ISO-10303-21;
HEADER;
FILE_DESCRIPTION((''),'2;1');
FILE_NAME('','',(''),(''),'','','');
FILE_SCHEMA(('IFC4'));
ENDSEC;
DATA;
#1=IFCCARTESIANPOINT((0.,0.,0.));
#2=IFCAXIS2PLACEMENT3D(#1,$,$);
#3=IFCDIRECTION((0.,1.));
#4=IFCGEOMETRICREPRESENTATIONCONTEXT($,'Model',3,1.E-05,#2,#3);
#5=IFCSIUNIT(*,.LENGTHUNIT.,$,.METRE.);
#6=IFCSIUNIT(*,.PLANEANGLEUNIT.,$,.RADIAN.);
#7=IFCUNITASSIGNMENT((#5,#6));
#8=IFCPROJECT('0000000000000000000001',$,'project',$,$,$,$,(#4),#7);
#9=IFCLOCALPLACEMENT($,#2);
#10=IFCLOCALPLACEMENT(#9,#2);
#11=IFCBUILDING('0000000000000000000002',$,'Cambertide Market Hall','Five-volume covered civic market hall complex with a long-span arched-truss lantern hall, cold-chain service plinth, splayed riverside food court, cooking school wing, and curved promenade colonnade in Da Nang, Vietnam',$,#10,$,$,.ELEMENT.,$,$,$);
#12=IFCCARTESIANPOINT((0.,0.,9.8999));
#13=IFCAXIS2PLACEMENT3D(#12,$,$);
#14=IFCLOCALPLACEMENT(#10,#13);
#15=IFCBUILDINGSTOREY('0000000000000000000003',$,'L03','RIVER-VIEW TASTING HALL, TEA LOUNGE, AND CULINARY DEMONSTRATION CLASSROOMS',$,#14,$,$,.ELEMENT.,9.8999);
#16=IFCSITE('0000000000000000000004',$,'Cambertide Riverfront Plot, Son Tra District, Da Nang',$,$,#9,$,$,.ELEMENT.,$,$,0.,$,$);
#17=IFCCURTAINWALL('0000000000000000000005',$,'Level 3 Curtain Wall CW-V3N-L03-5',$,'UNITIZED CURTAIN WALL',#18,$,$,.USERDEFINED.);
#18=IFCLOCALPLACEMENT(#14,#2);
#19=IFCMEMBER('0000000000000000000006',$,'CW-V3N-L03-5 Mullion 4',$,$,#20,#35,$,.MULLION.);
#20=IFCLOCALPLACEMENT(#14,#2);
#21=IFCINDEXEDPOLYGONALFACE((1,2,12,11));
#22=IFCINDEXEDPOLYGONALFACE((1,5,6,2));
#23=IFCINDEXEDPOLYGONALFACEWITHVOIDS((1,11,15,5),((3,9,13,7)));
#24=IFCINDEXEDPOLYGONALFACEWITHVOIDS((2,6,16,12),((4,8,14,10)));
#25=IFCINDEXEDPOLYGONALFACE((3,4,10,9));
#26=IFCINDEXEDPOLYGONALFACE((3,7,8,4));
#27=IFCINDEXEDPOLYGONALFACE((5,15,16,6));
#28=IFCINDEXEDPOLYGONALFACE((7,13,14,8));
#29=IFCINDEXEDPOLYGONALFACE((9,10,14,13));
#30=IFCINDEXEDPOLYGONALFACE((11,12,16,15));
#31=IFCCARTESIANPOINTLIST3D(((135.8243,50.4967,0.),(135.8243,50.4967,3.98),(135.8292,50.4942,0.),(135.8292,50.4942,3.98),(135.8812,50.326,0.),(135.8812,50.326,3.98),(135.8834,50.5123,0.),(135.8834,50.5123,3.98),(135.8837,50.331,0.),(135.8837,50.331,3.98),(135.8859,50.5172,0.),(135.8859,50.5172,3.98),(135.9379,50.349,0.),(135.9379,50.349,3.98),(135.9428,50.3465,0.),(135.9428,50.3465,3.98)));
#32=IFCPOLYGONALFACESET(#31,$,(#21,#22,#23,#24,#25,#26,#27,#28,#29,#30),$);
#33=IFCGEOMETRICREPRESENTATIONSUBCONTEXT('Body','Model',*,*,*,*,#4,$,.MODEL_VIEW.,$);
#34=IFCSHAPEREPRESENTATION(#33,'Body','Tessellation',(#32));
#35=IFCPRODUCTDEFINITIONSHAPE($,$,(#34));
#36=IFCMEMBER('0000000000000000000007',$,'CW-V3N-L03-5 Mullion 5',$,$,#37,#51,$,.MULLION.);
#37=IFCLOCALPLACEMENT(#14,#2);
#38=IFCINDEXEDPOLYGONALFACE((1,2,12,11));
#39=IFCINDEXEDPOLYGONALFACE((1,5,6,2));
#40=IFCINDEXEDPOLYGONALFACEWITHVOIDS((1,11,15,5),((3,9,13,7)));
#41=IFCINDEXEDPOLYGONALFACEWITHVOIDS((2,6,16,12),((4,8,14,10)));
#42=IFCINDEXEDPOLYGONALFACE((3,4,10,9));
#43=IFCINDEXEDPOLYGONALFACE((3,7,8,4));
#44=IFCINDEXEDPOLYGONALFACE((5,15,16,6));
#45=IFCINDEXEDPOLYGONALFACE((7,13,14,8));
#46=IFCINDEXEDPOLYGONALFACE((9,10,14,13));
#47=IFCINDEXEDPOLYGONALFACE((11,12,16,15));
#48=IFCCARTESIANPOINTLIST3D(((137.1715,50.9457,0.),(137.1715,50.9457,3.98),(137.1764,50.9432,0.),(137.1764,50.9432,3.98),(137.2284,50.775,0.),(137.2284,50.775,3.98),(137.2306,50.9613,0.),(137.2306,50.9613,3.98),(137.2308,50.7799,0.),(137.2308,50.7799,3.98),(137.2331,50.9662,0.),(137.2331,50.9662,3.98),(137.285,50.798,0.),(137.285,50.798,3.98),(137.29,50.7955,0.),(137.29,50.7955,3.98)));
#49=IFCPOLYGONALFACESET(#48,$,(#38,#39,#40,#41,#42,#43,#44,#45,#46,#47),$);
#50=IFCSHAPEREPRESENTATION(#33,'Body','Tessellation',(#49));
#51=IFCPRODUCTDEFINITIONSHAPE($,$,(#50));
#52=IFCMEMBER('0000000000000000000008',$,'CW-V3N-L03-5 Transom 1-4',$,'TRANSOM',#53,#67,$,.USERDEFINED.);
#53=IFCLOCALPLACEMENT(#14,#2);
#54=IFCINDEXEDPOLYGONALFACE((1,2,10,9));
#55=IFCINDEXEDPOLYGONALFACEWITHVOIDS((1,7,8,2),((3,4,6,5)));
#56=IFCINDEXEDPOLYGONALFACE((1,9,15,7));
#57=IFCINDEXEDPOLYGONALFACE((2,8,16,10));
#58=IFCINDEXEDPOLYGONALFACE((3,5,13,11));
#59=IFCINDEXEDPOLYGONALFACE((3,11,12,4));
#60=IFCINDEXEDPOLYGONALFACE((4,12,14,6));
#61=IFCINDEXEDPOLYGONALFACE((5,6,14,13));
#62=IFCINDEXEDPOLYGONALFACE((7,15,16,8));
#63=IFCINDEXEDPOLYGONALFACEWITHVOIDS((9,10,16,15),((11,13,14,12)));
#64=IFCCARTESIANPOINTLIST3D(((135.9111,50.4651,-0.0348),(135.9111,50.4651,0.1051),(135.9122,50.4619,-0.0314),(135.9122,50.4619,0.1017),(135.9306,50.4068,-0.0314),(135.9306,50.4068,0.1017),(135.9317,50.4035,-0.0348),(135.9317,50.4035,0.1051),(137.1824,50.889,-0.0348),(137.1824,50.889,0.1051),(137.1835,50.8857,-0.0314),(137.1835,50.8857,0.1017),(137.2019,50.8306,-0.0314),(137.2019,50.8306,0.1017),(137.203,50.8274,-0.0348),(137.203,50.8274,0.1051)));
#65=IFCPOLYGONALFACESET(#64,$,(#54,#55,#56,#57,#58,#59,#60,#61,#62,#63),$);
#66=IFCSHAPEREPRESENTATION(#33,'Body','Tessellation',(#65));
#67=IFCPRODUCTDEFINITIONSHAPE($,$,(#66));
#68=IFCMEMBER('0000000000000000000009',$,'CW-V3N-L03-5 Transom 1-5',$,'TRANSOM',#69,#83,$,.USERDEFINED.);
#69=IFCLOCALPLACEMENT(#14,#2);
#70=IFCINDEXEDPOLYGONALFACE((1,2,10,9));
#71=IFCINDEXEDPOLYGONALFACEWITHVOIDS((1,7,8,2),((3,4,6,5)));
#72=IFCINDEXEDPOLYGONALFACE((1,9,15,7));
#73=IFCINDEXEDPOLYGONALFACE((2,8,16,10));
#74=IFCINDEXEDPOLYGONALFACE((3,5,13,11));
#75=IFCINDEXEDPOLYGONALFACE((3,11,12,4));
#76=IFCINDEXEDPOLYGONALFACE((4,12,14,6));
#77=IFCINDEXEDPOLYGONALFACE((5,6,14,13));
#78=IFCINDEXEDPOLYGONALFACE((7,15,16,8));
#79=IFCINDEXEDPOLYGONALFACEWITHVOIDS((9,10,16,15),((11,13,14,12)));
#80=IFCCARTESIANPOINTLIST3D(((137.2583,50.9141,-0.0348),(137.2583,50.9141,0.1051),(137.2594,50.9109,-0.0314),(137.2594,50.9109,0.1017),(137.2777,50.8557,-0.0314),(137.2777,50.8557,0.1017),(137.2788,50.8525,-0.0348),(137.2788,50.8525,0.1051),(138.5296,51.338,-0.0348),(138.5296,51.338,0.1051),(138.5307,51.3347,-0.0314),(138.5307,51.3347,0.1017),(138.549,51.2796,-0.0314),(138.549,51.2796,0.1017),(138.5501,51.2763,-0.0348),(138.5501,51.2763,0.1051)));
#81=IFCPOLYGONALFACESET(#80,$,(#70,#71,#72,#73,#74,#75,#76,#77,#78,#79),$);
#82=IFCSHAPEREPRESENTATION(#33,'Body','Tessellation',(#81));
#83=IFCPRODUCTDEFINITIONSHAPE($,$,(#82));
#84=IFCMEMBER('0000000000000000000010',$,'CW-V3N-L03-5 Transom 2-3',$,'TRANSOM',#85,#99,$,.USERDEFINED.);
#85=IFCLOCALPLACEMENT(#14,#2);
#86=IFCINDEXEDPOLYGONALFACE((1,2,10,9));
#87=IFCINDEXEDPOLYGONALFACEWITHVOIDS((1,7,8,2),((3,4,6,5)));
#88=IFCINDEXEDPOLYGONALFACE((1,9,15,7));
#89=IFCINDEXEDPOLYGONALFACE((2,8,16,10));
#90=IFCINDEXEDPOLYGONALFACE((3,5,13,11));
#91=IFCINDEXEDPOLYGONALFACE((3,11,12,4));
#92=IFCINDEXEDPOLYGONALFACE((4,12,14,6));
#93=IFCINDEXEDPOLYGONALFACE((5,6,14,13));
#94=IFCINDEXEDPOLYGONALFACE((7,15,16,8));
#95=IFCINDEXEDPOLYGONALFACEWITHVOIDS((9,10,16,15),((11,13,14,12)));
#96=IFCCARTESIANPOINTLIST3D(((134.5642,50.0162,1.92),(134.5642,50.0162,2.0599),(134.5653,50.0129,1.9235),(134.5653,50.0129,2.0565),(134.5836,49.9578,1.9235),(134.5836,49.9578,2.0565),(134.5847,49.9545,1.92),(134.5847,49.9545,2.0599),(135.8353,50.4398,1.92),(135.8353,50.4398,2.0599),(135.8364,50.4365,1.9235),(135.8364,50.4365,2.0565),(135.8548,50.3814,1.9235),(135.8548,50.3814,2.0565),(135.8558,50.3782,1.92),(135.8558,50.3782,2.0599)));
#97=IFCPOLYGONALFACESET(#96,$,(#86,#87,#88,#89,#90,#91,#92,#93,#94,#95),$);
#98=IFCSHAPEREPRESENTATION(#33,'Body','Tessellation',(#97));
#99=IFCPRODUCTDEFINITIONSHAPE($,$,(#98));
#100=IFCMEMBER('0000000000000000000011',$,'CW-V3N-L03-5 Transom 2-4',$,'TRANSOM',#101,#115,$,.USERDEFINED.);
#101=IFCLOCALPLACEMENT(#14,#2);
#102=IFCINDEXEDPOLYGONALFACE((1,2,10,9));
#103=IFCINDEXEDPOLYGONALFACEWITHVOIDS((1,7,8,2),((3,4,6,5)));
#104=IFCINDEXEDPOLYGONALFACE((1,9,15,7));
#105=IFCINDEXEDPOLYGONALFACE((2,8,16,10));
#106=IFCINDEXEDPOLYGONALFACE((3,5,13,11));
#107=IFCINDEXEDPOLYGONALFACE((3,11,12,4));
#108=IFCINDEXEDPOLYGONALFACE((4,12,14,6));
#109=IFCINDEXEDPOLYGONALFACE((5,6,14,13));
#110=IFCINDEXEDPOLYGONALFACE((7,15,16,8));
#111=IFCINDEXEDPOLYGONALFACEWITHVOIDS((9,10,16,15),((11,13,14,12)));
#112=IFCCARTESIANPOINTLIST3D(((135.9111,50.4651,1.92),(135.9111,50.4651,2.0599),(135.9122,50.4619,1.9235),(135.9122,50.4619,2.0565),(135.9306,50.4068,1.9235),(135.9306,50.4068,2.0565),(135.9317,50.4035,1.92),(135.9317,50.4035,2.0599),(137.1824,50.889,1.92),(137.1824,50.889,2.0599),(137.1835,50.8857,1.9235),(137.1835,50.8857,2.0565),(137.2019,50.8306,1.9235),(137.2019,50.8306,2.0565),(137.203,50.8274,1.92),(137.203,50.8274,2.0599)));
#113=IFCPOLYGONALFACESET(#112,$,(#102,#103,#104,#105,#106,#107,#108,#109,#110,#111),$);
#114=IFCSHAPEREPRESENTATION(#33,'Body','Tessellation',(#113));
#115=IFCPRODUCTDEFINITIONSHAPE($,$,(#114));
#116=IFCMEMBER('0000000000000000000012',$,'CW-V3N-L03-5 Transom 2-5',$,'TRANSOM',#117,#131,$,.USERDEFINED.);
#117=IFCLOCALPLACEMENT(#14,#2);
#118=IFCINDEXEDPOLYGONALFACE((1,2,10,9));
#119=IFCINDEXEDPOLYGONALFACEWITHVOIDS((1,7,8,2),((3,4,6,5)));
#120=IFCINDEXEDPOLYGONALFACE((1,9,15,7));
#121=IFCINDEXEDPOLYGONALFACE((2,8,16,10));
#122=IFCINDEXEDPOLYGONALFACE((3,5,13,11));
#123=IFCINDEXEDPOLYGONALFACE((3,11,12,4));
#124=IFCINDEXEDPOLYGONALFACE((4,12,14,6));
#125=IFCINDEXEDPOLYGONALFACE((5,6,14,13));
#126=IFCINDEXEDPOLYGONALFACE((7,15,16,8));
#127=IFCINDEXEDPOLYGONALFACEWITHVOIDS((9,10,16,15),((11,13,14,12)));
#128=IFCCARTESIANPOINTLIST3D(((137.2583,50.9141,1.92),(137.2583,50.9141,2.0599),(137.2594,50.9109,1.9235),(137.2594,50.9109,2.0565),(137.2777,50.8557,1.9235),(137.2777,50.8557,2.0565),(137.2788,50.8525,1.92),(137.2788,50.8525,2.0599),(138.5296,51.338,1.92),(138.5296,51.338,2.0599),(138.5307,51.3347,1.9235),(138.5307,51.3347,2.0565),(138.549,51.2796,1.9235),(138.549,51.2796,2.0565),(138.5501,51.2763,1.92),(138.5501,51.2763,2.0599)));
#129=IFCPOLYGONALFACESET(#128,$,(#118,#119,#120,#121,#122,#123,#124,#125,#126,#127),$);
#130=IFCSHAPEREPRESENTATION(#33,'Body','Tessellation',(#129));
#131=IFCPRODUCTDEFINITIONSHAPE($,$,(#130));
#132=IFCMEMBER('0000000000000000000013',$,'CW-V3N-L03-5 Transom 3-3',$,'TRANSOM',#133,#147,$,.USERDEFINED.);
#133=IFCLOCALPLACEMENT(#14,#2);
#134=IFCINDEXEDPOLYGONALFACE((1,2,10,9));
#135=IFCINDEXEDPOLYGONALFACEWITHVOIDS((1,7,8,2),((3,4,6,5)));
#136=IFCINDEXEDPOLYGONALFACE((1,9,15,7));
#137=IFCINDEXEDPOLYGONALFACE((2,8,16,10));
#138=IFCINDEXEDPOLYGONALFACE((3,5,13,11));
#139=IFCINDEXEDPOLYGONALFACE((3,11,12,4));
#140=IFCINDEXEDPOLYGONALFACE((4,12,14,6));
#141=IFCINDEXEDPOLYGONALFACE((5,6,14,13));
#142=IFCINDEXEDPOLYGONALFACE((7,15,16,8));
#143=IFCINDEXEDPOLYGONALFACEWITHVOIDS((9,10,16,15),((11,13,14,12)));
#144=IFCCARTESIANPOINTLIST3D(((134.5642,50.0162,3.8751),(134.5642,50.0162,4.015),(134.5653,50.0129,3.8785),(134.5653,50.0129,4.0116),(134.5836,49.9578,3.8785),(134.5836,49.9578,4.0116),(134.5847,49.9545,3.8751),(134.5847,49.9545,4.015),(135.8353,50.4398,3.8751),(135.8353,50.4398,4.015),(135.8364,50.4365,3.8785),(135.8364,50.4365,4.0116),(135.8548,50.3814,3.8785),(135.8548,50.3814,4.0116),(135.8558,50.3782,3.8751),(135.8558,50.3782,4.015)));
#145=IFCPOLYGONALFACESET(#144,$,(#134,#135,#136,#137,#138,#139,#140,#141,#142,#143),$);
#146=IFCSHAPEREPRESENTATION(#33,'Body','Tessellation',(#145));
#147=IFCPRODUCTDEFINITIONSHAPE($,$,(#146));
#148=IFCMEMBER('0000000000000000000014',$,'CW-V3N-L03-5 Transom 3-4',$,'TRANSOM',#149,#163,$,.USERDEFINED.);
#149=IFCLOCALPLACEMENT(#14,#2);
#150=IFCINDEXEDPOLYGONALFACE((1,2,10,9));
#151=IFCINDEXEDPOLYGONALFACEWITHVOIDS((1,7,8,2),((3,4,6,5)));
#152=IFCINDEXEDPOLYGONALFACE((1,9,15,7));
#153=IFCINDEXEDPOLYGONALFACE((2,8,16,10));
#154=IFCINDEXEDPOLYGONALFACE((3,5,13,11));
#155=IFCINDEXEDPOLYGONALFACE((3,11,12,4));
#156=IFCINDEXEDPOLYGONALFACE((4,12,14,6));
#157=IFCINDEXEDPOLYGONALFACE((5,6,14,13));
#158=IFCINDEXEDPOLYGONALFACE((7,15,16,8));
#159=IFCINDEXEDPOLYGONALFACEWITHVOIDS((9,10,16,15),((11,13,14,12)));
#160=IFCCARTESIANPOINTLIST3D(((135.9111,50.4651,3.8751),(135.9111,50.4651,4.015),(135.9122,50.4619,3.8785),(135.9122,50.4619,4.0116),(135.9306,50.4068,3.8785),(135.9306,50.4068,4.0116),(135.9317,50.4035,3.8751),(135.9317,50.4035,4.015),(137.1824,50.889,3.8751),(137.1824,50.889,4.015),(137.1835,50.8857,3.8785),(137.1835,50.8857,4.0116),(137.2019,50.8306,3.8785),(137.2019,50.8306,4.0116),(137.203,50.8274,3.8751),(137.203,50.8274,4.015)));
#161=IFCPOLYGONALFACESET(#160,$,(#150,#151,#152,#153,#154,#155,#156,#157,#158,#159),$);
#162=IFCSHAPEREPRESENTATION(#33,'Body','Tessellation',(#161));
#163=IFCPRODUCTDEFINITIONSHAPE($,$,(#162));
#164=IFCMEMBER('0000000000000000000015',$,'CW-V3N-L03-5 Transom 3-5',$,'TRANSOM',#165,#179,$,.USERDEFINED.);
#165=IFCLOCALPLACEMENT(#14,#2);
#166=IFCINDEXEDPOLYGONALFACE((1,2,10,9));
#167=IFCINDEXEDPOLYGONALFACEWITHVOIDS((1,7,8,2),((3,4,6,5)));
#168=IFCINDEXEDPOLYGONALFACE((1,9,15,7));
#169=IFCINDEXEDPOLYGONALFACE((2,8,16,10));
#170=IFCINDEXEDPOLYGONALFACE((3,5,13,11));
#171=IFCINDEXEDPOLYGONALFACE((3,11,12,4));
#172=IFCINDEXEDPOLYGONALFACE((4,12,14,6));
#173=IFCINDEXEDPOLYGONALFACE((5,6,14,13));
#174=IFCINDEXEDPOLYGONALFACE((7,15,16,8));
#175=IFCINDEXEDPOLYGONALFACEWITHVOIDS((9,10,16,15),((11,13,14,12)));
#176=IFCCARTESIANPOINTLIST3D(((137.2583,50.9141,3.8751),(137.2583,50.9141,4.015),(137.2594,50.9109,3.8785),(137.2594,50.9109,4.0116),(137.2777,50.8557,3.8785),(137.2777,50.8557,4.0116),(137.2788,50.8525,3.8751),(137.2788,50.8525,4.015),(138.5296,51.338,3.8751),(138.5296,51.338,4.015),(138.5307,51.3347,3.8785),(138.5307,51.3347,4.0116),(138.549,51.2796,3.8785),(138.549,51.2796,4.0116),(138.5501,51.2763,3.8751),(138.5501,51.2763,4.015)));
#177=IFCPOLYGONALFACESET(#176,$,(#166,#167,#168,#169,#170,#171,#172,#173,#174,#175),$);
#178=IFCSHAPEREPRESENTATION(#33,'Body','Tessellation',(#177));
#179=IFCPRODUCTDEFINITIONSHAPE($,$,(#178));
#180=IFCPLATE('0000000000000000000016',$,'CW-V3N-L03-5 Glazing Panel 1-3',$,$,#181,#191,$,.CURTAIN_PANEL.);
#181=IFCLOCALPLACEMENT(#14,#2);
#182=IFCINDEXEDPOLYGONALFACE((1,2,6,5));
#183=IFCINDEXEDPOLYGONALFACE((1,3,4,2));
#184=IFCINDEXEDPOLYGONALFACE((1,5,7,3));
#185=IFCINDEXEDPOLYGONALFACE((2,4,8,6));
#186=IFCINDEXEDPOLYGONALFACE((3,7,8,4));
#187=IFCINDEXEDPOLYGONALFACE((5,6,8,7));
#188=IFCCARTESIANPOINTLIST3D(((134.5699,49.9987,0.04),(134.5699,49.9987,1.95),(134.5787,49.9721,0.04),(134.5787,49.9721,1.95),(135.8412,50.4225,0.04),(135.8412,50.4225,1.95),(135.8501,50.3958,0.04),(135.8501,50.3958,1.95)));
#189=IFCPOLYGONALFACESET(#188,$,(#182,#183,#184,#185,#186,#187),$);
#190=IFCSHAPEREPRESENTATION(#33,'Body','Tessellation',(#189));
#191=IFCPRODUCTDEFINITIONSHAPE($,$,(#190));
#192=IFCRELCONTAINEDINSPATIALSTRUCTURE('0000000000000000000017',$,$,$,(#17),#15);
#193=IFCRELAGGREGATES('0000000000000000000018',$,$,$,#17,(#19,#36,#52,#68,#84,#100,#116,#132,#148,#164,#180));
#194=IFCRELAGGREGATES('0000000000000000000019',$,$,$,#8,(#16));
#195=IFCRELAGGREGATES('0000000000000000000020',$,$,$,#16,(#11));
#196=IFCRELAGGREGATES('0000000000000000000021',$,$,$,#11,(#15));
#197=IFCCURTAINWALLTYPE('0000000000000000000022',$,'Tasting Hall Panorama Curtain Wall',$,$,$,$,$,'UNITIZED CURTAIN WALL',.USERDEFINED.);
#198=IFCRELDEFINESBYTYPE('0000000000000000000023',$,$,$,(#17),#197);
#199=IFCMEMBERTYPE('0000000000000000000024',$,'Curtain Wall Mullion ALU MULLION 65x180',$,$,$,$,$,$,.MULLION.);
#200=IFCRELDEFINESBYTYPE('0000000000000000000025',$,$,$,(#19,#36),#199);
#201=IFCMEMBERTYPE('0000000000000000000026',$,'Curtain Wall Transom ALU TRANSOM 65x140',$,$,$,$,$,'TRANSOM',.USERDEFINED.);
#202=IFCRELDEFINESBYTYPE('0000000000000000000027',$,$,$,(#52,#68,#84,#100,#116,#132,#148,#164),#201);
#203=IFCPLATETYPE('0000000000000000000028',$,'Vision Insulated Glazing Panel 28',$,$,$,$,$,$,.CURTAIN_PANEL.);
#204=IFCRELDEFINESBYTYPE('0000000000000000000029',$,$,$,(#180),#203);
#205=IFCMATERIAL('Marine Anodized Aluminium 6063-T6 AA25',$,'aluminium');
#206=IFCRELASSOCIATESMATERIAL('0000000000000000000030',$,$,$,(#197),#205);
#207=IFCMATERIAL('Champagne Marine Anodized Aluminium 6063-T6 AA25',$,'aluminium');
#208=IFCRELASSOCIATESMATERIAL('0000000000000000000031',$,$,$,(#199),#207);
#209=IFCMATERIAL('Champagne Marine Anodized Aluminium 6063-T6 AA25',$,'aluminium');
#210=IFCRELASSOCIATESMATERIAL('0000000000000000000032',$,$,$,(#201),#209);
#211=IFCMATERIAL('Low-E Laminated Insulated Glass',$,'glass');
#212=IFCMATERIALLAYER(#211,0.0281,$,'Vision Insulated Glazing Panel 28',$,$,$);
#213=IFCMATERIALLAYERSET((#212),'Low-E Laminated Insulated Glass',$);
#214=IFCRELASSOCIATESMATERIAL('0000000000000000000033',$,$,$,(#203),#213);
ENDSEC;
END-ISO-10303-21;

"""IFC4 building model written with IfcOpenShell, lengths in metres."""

from ifc_helpers import new_model, si_unit, direction, frame, origin, origin_2d, place, context, subcontext, project, spatial, rectangle, hollow_rectangle, extrude, material, layer, layer_set, material_profile, profile_set, type_object, element, aggregate, save


model = new_model("IFC4")

# Units and contexts
model_context = context("Model", 3, precision=1e-05, world=origin(), true_north=direction((0.0, 1.0)))
body_context = subcontext(model_context, "Body", "Model", "MODEL_VIEW")
ifc_project = project(units=[si_unit("LENGTHUNIT", "METRE"), si_unit("PLANEANGLEUNIT", "RADIAN")], contexts=[model_context])

# Site, building, storey
site_placement = place(None, origin())
site = spatial("IfcSite", under=ifc_project, at=site_placement, Name="Cambertide Riverfront Plot, Son Tra District, Da Nang", CompositionType="ELEMENT", RefElevation=0.0)
building_placement = place(site_placement, origin())
building = spatial("IfcBuilding", under=site, at=building_placement, Name="Cambertide Market Hall", Description="Five-volume covered civic market hall complex with a long-span arched-truss lantern hall, cold-chain service plinth, splayed riverside food court, cooking school wing, and curved promenade colonnade in Da Nang, Vietnam", CompositionType="ELEMENT")
storey_placement = place(building_placement, frame((0.0, 0.0, 9.8999)))
storey = spatial("IfcBuildingStorey", under=building, at=storey_placement, Name="L03", Description="RIVER-VIEW TASTING HALL, TEA LOUNGE, AND CULINARY DEMONSTRATION CLASSROOMS", CompositionType="ELEMENT", Elevation=9.8999)

# Curtain wall, members, plate
ifc_material_1 = material(Name="Marine Anodized Aluminium 6063-T6 AA25", Category="aluminium")
curtain_wall_type = type_object("IfcCurtainWallType", Name="Tasting Hall Panorama Curtain Wall", ElementType="UNITIZED CURTAIN WALL", PredefinedType="USERDEFINED", material=ifc_material_1)
curtain_wall_placement = place(storey_placement, origin())
curtain_wall = element("IfcCurtainWall", 1, at=curtain_wall_placement, inside=storey, type_object=curtain_wall_type, Name="Level 3 Curtain Wall CW-V3N-L03-5", ObjectType="UNITIZED CURTAIN WALL", PredefinedType="USERDEFINED")
ifc_material_2 = material(Name="Champagne Marine Anodized Aluminium 6063-T6 AA25", Category="aluminium")
ifc_material_profile_1 = material_profile(ifc_material_2, hollow_rectangle(XDim=0.0649, YDim=0.1799, WallThickness=0.0039, at=origin_2d()), Name="ALU MULLION 65x180")
ifc_profile_set_1 = profile_set([ifc_material_profile_1], Name="Champagne Marine Anodized Aluminium 6063-T6 AA25")
member_type_1 = type_object("IfcMemberType", Name="Curtain Wall Mullion ALU MULLION 65x180", PredefinedType="MULLION", material=ifc_profile_set_1)
member_1_placement = place(storey_placement, frame((135.8835, 50.4216, 0.0), z_axis=(0.0, 0.0, 1.0), x_axis=(0.948683, 0.316228, 0.0)))
member_1 = element("IfcMember", 2, at=member_1_placement, type_object=member_type_1, Name="CW-V3N-L03-5 Mullion 4", PredefinedType="MULLION", context=body_context, shape_type="SweptSolid", body=[
    extrude(hollow_rectangle(XDim=0.0649, YDim=0.1799, WallThickness=0.0039, at=origin_2d()), origin(), (0.0, 0.0, 1.0), 3.98),
])
member_2_placement = place(storey_placement, frame((137.2307, 50.8706, 0.0), z_axis=(0.0, 0.0, 1.0), x_axis=(0.948683, 0.316228, 0.0)))
member_2 = element("IfcMember", 3, at=member_2_placement, type_object=member_type_1, Name="CW-V3N-L03-5 Mullion 5", PredefinedType="MULLION", context=body_context, shape_type="SweptSolid", body=[
    extrude(hollow_rectangle(XDim=0.0649, YDim=0.1799, WallThickness=0.0039, at=origin_2d()), origin(), (0.0, 0.0, 1.0), 3.98),
])
ifc_material_3 = material(Name="Champagne Marine Anodized Aluminium 6063-T6 AA25", Category="aluminium")
ifc_material_profile_2 = material_profile(ifc_material_3, hollow_rectangle(XDim=0.0649, YDim=0.1399, WallThickness=0.0034, at=origin_2d()), Name="ALU TRANSOM 65x140")
ifc_profile_set_2 = profile_set([ifc_material_profile_2], Name="Champagne Marine Anodized Aluminium 6063-T6 AA25")
member_type_2 = type_object("IfcMemberType", Name="Curtain Wall Transom ALU TRANSOM 65x140", ElementType="TRANSOM", PredefinedType="USERDEFINED", material=ifc_profile_set_2)
member_3_placement = place(storey_placement, frame((135.9214, 50.4343, 0.0352), z_axis=(0.948665, 0.316282, 0.0), x_axis=(-0.316282, 0.948665, 0.0)))
member_3 = element("IfcMember", 4, at=member_3_placement, type_object=member_type_2, Name="CW-V3N-L03-5 Transom 1-4", ObjectType="TRANSOM", PredefinedType="USERDEFINED", context=body_context, shape_type="SweptSolid", body=[
    extrude(hollow_rectangle(XDim=0.0649, YDim=0.1399, WallThickness=0.0034, at=origin_2d()), origin(), (0.0, 0.0, 1.0), 1.3401),
])
member_4_placement = place(storey_placement, frame((137.2686, 50.8833, 0.0352), z_axis=(0.948665, 0.316282, 0.0), x_axis=(-0.316282, 0.948665, 0.0)))
member_4 = element("IfcMember", 5, at=member_4_placement, type_object=member_type_2, Name="CW-V3N-L03-5 Transom 1-5", ObjectType="TRANSOM", PredefinedType="USERDEFINED", context=body_context, shape_type="SweptSolid", body=[
    extrude(hollow_rectangle(XDim=0.0649, YDim=0.1399, WallThickness=0.0034, at=origin_2d()), origin(), (0.0, 0.0, 1.0), 1.3401),
])
member_5_placement = place(storey_placement, frame((134.5745, 49.9854, 1.99), z_axis=(0.948702, 0.316173, 0.0), x_axis=(-0.316173, 0.948702, 0.0)))
member_5 = element("IfcMember", 6, at=member_5_placement, type_object=member_type_2, Name="CW-V3N-L03-5 Transom 2-3", ObjectType="TRANSOM", PredefinedType="USERDEFINED", context=body_context, shape_type="SweptSolid", body=[
    extrude(hollow_rectangle(XDim=0.0649, YDim=0.1399, WallThickness=0.0034, at=origin_2d()), origin(), (0.0, 0.0, 1.0), 1.3398),
])
member_6_placement = place(storey_placement, frame((135.9214, 50.4343, 1.99), z_axis=(0.948665, 0.316282, 0.0), x_axis=(-0.316282, 0.948665, 0.0)))
member_6 = element("IfcMember", 7, at=member_6_placement, type_object=member_type_2, Name="CW-V3N-L03-5 Transom 2-4", ObjectType="TRANSOM", PredefinedType="USERDEFINED", context=body_context, shape_type="SweptSolid", body=[
    extrude(hollow_rectangle(XDim=0.0649, YDim=0.1399, WallThickness=0.0034, at=origin_2d()), origin(), (0.0, 0.0, 1.0), 1.3401),
])
member_7_placement = place(storey_placement, frame((137.2686, 50.8833, 1.99), z_axis=(0.948665, 0.316282, 0.0), x_axis=(-0.316282, 0.948665, 0.0)))
member_7 = element("IfcMember", 8, at=member_7_placement, type_object=member_type_2, Name="CW-V3N-L03-5 Transom 2-5", ObjectType="TRANSOM", PredefinedType="USERDEFINED", context=body_context, shape_type="SweptSolid", body=[
    extrude(hollow_rectangle(XDim=0.0649, YDim=0.1399, WallThickness=0.0034, at=origin_2d()), origin(), (0.0, 0.0, 1.0), 1.3401),
])
member_8_placement = place(storey_placement, frame((134.5745, 49.9854, 3.9451), z_axis=(0.948702, 0.316173, 0.0), x_axis=(-0.316173, 0.948702, 0.0)))
member_8 = element("IfcMember", 9, at=member_8_placement, type_object=member_type_2, Name="CW-V3N-L03-5 Transom 3-3", ObjectType="TRANSOM", PredefinedType="USERDEFINED", context=body_context, shape_type="SweptSolid", body=[
    extrude(hollow_rectangle(XDim=0.0649, YDim=0.1399, WallThickness=0.0034, at=origin_2d()), origin(), (0.0, 0.0, 1.0), 1.3398),
])
member_9_placement = place(storey_placement, frame((135.9214, 50.4343, 3.9451), z_axis=(0.948665, 0.316282, 0.0), x_axis=(-0.316282, 0.948665, 0.0)))
member_9 = element("IfcMember", 10, at=member_9_placement, type_object=member_type_2, Name="CW-V3N-L03-5 Transom 3-4", ObjectType="TRANSOM", PredefinedType="USERDEFINED", context=body_context, shape_type="SweptSolid", body=[
    extrude(hollow_rectangle(XDim=0.0649, YDim=0.1399, WallThickness=0.0034, at=origin_2d()), origin(), (0.0, 0.0, 1.0), 1.3401),
])
member_10_placement = place(storey_placement, frame((137.2686, 50.8833, 3.9451), z_axis=(0.948665, 0.316282, 0.0), x_axis=(-0.316282, 0.948665, 0.0)))
member_10 = element("IfcMember", 11, at=member_10_placement, type_object=member_type_2, Name="CW-V3N-L03-5 Transom 3-5", ObjectType="TRANSOM", PredefinedType="USERDEFINED", context=body_context, shape_type="SweptSolid", body=[
    extrude(hollow_rectangle(XDim=0.0649, YDim=0.1399, WallThickness=0.0034, at=origin_2d()), origin(), (0.0, 0.0, 1.0), 1.3401),
])
ifc_material_4 = material(Name="Low-E Laminated Insulated Glass", Category="glass")
ifc_layer_1 = layer(ifc_material_4, 0.0281, Name="Vision Insulated Glazing Panel 28")
ifc_layer_set_1 = layer_set([ifc_layer_1], Name="Low-E Laminated Insulated Glass")
plate_type = type_object("IfcPlateType", Name="Vision Insulated Glazing Panel 28", PredefinedType="CURTAIN_PANEL", material=ifc_layer_set_1)
plate_1_placement = place(storey_placement, frame((135.21, 50.1973, 0.04), z_axis=(0.0, 0.0, 1.0), x_axis=(0.948683, 0.316228, 0.0)))
plate_1 = element("IfcPlate", 12, at=plate_1_placement, type_object=plate_type, Name="CW-V3N-L03-5 Glazing Panel 1-3", PredefinedType="CURTAIN_PANEL", context=body_context, shape_type="SweptSolid", body=[
    extrude(rectangle(XDim=1.3401, YDim=0.0281, at=origin_2d()), origin(), (0.0, 0.0, 1.0), 1.9099),
])
aggregate(curtain_wall, [member_1, member_2, member_3, member_4, member_5, member_6, member_7, member_8, member_9, member_10, plate_1])

save(model, "model.ifc")
